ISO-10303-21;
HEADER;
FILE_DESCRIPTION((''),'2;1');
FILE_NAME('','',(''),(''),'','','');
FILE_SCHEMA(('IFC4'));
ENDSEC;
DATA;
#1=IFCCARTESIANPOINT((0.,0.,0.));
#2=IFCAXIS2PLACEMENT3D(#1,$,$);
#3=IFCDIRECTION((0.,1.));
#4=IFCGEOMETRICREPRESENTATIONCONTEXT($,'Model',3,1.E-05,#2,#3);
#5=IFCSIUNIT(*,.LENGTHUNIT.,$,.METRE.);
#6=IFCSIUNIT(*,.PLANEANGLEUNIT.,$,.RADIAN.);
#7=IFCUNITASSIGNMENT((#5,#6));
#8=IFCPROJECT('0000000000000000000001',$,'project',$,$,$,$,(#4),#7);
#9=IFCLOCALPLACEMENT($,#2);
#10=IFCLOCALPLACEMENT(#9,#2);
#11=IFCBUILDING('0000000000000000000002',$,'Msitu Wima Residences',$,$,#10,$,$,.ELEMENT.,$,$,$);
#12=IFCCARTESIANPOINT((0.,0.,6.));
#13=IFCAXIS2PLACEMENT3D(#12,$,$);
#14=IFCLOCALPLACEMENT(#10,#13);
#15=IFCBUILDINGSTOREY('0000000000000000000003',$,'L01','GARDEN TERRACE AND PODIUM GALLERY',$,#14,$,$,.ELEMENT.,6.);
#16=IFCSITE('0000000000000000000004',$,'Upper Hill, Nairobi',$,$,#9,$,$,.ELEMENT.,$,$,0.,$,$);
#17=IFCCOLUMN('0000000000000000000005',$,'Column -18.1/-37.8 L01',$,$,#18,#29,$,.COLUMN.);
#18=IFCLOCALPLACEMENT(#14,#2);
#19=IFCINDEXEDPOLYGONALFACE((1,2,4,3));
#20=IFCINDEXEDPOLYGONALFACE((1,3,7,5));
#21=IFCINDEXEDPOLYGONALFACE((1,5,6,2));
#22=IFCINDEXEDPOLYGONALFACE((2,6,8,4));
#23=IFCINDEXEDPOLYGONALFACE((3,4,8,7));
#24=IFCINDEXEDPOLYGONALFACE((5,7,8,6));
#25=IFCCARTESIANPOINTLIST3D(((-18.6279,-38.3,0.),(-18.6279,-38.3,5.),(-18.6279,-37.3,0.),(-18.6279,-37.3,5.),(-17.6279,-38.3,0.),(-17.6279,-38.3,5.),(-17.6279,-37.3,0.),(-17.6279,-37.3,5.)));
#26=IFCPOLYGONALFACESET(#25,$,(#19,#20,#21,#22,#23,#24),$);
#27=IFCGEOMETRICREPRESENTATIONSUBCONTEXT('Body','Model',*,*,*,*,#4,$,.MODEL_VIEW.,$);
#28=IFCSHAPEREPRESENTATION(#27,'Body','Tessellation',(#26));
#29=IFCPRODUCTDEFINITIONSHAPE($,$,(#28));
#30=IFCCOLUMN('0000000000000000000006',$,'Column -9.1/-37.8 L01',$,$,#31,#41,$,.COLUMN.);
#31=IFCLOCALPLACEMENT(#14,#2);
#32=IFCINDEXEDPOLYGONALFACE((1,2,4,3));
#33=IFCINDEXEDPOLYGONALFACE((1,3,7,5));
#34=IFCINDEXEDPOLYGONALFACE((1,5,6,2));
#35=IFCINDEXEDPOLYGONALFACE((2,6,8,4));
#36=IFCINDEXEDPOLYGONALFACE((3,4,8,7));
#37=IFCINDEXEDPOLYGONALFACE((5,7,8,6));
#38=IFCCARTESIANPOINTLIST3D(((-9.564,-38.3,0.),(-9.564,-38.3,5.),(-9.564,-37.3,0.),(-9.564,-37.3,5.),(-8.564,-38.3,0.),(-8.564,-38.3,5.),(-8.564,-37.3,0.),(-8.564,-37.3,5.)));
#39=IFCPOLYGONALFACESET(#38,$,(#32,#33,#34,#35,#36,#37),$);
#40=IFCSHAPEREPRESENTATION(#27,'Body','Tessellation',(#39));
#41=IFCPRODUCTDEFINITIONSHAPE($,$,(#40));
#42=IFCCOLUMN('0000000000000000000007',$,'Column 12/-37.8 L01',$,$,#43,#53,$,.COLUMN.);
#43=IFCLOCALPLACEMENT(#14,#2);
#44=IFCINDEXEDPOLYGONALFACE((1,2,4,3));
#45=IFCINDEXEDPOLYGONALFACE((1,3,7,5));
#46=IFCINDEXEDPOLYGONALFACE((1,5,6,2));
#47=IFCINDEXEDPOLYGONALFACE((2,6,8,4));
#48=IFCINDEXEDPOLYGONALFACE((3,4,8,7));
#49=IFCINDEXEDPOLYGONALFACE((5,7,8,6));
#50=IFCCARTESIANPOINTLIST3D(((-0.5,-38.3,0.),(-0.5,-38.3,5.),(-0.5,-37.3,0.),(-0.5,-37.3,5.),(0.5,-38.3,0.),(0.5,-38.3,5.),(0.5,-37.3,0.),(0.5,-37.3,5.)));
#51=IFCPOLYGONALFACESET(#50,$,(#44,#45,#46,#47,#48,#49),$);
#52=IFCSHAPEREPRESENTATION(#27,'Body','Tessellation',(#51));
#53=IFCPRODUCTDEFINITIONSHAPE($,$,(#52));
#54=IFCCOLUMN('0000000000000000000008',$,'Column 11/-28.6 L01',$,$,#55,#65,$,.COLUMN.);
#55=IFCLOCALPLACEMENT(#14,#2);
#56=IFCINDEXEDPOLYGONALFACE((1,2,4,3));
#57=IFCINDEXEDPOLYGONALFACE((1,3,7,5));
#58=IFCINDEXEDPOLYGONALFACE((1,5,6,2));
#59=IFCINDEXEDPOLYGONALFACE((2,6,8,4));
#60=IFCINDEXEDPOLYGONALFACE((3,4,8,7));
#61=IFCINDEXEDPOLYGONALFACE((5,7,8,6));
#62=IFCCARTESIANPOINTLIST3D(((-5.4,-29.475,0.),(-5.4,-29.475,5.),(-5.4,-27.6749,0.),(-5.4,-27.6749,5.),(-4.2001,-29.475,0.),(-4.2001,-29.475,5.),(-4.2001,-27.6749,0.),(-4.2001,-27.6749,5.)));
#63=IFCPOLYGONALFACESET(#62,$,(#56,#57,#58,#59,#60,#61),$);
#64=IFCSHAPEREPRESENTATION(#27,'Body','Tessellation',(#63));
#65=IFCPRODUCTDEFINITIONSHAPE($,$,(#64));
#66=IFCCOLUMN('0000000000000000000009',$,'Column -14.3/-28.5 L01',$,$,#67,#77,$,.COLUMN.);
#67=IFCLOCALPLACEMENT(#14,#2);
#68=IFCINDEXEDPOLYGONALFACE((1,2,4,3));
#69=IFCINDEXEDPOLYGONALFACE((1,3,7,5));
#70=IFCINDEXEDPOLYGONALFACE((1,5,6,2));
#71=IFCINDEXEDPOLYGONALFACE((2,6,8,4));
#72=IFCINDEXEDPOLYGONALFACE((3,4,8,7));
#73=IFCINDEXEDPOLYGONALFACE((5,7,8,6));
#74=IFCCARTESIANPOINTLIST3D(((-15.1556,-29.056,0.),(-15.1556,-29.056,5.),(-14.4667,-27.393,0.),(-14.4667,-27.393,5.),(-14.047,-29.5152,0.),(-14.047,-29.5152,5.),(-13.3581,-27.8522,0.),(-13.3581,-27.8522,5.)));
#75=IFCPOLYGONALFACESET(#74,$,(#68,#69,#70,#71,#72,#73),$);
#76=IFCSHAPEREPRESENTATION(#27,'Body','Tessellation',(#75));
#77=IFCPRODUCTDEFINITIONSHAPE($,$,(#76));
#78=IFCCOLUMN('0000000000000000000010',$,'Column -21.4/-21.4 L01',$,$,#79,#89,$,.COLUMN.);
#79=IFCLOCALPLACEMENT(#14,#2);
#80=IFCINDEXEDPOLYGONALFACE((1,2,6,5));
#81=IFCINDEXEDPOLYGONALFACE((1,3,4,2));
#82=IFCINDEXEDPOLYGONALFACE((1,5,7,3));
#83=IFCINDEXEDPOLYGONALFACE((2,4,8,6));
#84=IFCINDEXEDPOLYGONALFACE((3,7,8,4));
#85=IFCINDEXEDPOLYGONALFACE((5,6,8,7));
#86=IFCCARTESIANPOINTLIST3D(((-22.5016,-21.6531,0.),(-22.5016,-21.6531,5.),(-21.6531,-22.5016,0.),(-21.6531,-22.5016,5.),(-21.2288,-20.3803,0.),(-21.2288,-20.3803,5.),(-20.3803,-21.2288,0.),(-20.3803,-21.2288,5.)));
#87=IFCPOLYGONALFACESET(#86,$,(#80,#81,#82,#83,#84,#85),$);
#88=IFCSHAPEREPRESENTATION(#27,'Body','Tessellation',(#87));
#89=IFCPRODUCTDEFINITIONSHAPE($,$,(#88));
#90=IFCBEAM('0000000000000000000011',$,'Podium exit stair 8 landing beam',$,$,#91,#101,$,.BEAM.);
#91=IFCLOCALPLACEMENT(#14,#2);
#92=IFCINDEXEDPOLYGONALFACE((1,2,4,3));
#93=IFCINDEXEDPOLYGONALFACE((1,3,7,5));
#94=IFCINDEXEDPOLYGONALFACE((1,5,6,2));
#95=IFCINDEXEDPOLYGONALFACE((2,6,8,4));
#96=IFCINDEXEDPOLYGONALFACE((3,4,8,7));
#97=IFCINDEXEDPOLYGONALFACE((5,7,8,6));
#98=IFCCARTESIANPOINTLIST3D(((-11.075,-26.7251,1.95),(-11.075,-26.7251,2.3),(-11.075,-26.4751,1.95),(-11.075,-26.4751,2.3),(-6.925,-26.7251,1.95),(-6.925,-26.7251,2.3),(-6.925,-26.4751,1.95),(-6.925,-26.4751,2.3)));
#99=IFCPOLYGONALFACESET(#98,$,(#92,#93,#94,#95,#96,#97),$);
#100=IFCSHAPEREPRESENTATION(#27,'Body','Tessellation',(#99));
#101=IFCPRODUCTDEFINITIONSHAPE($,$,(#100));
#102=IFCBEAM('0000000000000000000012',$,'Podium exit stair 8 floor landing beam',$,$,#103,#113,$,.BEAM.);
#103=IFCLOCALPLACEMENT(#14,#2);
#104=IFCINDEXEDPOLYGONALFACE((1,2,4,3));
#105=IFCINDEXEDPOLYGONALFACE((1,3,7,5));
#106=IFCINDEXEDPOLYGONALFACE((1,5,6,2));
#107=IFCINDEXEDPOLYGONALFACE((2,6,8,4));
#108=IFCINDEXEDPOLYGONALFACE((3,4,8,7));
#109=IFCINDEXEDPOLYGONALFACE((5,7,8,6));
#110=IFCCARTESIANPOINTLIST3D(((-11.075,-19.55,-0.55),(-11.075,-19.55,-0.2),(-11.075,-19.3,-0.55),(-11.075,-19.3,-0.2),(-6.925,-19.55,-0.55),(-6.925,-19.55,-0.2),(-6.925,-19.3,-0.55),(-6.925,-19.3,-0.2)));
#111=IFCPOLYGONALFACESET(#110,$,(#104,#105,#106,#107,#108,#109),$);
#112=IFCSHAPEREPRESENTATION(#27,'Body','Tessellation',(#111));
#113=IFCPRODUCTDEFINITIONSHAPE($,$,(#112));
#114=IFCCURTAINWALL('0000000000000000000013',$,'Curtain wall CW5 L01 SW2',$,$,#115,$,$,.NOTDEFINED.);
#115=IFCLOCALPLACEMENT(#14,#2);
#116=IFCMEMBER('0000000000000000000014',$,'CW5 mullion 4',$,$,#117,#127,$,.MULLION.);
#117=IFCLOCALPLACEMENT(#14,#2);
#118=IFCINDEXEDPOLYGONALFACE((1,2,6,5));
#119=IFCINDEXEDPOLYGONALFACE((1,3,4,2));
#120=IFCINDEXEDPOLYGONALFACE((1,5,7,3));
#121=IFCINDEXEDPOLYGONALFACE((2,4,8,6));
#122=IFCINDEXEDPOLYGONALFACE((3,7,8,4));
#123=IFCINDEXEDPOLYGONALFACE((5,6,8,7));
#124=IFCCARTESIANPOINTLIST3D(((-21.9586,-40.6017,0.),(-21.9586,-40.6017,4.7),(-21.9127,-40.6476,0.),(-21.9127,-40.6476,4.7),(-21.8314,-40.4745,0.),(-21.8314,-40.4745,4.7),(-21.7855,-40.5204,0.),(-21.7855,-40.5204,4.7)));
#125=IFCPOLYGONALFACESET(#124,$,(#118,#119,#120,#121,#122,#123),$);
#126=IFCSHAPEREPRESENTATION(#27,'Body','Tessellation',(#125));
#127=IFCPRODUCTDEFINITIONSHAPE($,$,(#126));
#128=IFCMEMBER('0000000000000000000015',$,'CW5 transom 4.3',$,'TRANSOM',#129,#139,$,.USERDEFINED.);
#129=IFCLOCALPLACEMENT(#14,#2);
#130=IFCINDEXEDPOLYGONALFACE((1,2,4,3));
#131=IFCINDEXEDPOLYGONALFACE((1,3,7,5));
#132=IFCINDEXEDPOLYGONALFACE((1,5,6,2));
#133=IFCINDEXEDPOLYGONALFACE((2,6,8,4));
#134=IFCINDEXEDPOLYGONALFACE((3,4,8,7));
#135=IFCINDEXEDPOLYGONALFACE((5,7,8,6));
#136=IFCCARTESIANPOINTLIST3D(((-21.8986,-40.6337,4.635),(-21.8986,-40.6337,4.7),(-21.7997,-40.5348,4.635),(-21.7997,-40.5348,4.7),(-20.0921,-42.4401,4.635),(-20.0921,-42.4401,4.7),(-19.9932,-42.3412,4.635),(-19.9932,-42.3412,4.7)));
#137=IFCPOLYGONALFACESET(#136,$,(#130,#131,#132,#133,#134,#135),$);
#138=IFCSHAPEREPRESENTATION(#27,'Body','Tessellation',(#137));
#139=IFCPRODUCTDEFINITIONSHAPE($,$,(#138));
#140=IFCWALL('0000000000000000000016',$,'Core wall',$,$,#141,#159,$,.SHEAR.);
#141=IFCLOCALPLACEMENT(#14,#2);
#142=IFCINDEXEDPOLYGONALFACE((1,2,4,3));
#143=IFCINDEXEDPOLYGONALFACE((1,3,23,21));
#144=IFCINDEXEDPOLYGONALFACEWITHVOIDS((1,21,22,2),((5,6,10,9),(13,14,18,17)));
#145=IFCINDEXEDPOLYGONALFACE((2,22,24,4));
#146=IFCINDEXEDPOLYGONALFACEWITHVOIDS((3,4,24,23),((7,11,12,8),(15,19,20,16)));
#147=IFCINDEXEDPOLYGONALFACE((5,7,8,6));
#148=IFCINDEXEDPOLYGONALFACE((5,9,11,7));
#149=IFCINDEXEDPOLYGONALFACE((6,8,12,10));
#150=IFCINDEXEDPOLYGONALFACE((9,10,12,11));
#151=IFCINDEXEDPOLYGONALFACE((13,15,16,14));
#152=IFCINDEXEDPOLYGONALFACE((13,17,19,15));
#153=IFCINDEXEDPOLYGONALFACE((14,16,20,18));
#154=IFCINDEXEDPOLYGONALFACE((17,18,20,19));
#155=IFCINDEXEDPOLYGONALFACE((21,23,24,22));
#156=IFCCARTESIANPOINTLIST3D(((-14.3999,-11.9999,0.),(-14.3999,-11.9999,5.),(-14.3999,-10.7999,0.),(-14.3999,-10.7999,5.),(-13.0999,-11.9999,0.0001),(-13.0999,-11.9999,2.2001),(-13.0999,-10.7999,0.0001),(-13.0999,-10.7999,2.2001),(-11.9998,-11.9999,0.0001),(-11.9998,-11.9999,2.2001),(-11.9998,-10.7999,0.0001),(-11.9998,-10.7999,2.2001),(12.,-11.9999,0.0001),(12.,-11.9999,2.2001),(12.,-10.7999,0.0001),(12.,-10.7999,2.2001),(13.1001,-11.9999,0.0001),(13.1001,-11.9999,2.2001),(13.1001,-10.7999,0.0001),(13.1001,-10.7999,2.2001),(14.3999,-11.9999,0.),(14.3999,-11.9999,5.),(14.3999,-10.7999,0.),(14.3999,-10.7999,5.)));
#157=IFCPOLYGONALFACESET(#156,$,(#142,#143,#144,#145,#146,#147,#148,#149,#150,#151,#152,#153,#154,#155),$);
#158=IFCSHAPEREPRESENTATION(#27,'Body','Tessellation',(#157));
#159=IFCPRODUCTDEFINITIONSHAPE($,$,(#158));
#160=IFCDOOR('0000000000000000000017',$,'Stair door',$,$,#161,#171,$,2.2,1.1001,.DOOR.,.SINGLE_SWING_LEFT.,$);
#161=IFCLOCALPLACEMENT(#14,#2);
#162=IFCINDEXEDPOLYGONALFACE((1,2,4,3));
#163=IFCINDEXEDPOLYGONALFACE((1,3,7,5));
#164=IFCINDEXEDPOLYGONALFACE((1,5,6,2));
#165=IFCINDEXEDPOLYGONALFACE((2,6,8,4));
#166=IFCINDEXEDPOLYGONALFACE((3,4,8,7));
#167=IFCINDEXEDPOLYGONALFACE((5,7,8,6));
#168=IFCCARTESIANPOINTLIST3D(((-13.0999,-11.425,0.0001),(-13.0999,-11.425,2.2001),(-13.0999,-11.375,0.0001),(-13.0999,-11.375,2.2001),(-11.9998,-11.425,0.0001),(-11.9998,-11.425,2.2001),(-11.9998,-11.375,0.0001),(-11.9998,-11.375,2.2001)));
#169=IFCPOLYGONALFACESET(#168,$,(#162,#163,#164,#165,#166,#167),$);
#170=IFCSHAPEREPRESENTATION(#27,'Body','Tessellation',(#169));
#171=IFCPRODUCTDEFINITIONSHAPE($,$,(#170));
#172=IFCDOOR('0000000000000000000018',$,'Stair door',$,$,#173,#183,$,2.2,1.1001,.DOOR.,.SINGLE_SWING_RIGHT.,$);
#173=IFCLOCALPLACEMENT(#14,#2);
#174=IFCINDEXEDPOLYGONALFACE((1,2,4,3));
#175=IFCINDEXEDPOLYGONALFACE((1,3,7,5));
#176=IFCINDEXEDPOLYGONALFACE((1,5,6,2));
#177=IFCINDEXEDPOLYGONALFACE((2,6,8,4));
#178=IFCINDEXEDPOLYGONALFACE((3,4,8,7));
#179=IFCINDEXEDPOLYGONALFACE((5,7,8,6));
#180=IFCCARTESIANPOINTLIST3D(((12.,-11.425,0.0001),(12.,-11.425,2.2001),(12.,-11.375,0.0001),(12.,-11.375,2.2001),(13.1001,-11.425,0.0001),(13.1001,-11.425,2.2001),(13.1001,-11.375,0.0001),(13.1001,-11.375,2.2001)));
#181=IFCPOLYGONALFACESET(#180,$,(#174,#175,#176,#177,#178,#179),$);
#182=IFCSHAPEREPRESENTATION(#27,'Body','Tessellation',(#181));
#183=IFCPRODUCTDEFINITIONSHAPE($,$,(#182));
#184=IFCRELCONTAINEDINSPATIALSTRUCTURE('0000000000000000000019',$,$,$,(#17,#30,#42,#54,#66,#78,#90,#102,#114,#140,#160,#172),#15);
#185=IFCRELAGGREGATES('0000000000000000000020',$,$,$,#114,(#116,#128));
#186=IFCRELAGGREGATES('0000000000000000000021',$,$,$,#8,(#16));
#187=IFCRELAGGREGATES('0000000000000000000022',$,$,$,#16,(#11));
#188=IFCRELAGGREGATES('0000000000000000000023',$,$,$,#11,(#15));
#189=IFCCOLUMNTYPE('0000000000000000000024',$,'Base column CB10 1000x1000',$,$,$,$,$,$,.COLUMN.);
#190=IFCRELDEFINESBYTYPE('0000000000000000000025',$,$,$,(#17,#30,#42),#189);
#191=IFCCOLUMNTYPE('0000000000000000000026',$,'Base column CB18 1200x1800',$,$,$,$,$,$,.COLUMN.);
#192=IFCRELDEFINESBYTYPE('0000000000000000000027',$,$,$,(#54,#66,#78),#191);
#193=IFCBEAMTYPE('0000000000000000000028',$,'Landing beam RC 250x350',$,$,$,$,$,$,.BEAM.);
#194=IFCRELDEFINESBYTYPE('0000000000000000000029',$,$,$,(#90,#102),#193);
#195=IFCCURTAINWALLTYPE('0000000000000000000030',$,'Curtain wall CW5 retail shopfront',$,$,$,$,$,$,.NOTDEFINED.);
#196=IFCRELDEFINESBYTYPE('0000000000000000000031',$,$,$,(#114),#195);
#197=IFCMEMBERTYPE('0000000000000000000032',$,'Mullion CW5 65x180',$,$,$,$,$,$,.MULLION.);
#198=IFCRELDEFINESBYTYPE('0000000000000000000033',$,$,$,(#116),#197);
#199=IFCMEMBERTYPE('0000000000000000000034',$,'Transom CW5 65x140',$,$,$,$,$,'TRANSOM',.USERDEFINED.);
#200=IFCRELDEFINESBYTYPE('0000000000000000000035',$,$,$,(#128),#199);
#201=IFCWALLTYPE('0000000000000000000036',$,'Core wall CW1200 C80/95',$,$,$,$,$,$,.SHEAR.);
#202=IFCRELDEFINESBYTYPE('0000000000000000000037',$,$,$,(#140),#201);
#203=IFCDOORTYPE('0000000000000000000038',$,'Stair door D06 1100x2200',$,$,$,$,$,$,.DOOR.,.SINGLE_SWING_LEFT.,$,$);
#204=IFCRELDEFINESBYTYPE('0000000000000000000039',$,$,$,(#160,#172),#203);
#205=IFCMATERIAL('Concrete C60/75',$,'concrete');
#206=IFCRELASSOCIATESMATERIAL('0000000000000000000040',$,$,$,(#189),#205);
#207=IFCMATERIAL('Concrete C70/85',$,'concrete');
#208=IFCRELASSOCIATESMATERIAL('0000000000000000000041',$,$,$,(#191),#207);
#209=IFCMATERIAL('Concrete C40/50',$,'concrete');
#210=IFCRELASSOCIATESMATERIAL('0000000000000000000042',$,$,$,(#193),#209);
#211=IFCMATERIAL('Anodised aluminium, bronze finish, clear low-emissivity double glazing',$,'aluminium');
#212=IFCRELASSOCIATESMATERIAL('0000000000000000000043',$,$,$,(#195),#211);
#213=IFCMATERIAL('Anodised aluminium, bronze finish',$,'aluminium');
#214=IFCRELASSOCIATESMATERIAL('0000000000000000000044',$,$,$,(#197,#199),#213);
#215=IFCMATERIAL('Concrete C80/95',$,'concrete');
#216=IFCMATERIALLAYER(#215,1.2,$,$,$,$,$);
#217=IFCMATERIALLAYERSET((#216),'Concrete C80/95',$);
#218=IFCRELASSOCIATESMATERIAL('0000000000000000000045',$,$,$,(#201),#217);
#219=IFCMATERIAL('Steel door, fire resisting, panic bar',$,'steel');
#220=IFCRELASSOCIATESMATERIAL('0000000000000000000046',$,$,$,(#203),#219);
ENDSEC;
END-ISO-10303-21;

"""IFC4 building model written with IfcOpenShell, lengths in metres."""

from ifc_helpers import new_model, si_unit, direction, frame, frame_2d, origin, origin_2d, place, context, subcontext, project, spatial, rectangle, extrude, material, layer, layer_set, material_profile, profile_set, type_object, element, fill, aggregate, save


model = new_model("IFC4")

# Units and contexts
model_context = context("Model", 3, precision=1e-05, world=origin(), true_north=direction((0.0, 1.0)))
body_context = subcontext(model_context, "Body", "Model", "MODEL_VIEW")
ifc_project = project(units=[si_unit("LENGTHUNIT", "METRE"), si_unit("PLANEANGLEUNIT", "RADIAN")], contexts=[model_context])

# Site, building, storey
site_placement = place(None, origin())
site = spatial("IfcSite", under=ifc_project, at=site_placement, Name="Upper Hill, Nairobi", CompositionType="ELEMENT", RefElevation=0.0)
building_placement = place(site_placement, origin())
building = spatial("IfcBuilding", under=site, at=building_placement, Name="Msitu Wima Residences", CompositionType="ELEMENT")
storey_placement = place(building_placement, frame((0.0, 0.0, 6.0)))
storey = spatial("IfcBuildingStorey", under=building, at=storey_placement, Name="L01", Description="GARDEN TERRACE AND PODIUM GALLERY", CompositionType="ELEMENT", Elevation=6.0)

# Columns
ifc_material_1 = material(Name="Concrete C60/75", Category="concrete")
ifc_material_profile_1 = material_profile(ifc_material_1, rectangle(XDim=1.0, YDim=1.0, at=origin_2d()), Name="RC 1000x1000")
ifc_profile_set_1 = profile_set([ifc_material_profile_1], Name="Concrete C60/75")
column_type_1 = type_object("IfcColumnType", Name="Base column CB10 1000x1000", PredefinedType="COLUMN", material=ifc_profile_set_1)
for number, where, z_axis, x_axis, name in (
    (1, (-18.1279, -37.8, 0.0), (0.0, 0.0, 1.0), (1.0, 0.0, 0.0), "Column -18.1/-37.8 L01"),
    (2, (-9.064, -37.8, 0.0), (0.0, 0.0, 1.0), (1.0, 0.0, 0.0), "Column -9.1/-37.8 L01"),
    (3, (0.0, -37.8, 0.0), (0.0, 0.0, 1.0), (1.0, 0.0, 0.0), "Column 12/-37.8 L01"),
):
    element("IfcColumn", number, at=place(storey_placement, frame(where, z_axis=z_axis, x_axis=x_axis)), inside=storey, type_object=column_type_1, Name=name, PredefinedType="COLUMN", context=body_context, shape_type="SweptSolid", body=[
        extrude(rectangle(XDim=1.0, YDim=1.0, at=origin_2d()), origin(), (0.0, 0.0, 1.0), 5.0),
    ])
ifc_material_2 = material(Name="Concrete C70/85", Category="concrete")
ifc_material_profile_2 = material_profile(ifc_material_2, rectangle(XDim=1.2, YDim=1.8, at=origin_2d()), Name="RC 1200x1800")
ifc_profile_set_2 = profile_set([ifc_material_profile_2], Name="Concrete C70/85")
column_type_2 = type_object("IfcColumnType", Name="Base column CB18 1200x1800", PredefinedType="COLUMN", material=ifc_profile_set_2)
for number, where, z_axis, x_axis, name in (
    (4, (-4.8, -28.575, 0.0), (0.0, 0.0, 1.0), (1.0, 0.0, 0.0), "Column 11/-28.6 L01"),
    (5, (-14.2568, -28.4541, 0.0), (0.0, 0.0, 1.0), (0.92388, -0.382683, 0.0), "Column -14.3/-28.5 L01"),
    (6, (-21.4409, -21.4409, 0.0), (0.0, 0.0, 1.0), (0.707107, -0.707107, 0.0), "Column -21.4/-21.4 L01"),
):
    element("IfcColumn", number, at=place(storey_placement, frame(where, z_axis=z_axis, x_axis=x_axis)), inside=storey, type_object=column_type_2, Name=name, PredefinedType="COLUMN", context=body_context, shape_type="SweptSolid", body=[
        extrude(rectangle(XDim=1.2, YDim=1.8, at=origin_2d()), origin(), (0.0, 0.0, 1.0), 5.0),
    ])

# Beams
ifc_material_3 = material(Name="Concrete C40/50", Category="concrete")
ifc_material_profile_3 = material_profile(ifc_material_3, rectangle(XDim=0.25, YDim=0.3501, at=origin_2d()), Name="RC 250x350")
ifc_profile_set_3 = profile_set([ifc_material_profile_3], Name="Concrete C40/50")
beam_type = type_object("IfcBeamType", Name="Landing beam RC 250x350", PredefinedType="BEAM", material=ifc_profile_set_3)
for number, where, z_axis, x_axis, name in (
    (7, (-6.925, -26.6001, 2.125), (-1.0, 0.0, 0.0), (0.0, -1.0, 0.0), "Podium exit stair 8 landing beam"),
    (8, (-6.925, -19.425, -0.375), (-1.0, 0.0, 0.0), (0.0, -1.0, 0.0), "Podium exit stair 8 floor landing beam"),
):
    element("IfcBeam", number, at=place(storey_placement, frame(where, z_axis=z_axis, x_axis=x_axis)), inside=storey, type_object=beam_type, Name=name, PredefinedType="BEAM", context=body_context, shape_type="SweptSolid", body=[
        extrude(rectangle(XDim=0.25, YDim=0.3501, at=origin_2d()), origin(), (0.0, 0.0, 1.0), 4.1499),
    ])

# Curtain wall, members
ifc_material_4 = material(Name="Anodised aluminium, bronze finish, clear low-emissivity double glazing", Category="aluminium")
curtain_wall_type = type_object("IfcCurtainWallType", Name="Curtain wall CW5 retail shopfront", PredefinedType="NOTDEFINED", material=ifc_material_4)
curtain_wall_placement = place(storey_placement, origin())
curtain_wall = element("IfcCurtainWall", 9, at=curtain_wall_placement, inside=storey, type_object=curtain_wall_type, Name="Curtain wall CW5 L01 SW2", PredefinedType="NOTDEFINED")
ifc_material_5 = material(Name="Anodised aluminium, bronze finish", Category="aluminium")
ifc_material_profile_4 = material_profile(ifc_material_5, rectangle(XDim=0.1799, YDim=0.0649, at=origin_2d()), Name="Mullion 65x180")
ifc_profile_set_4 = profile_set([ifc_material_profile_4], Name="Anodised aluminium, bronze finish")
member_type_1 = type_object("IfcMemberType", Name="Mullion CW5 65x180", PredefinedType="MULLION", material=ifc_profile_set_4)
member_1_placement = place(storey_placement, frame((-21.8721, -40.561, 0.0), z_axis=(0.0, 0.0, 1.0), x_axis=(0.707107, 0.707107, 0.0)))
member_1 = element("IfcMember", 10, at=member_1_placement, type_object=member_type_1, Name="CW5 mullion 4", PredefinedType="MULLION", context=body_context, shape_type="SweptSolid", body=[
    extrude(rectangle(XDim=0.1799, YDim=0.0649, at=origin_2d()), origin(), (0.0, 0.0, 1.0), 4.7),
])
ifc_material_profile_5 = material_profile(ifc_material_5, rectangle(XDim=0.1399, YDim=0.0649, at=origin_2d()), Name="Transom 65x140")
ifc_profile_set_5 = profile_set([ifc_material_profile_5], Name="Anodised aluminium, bronze finish")
member_type_2 = type_object("IfcMemberType", Name="Transom CW5 65x140", ElementType="TRANSOM", PredefinedType="USERDEFINED", material=ifc_profile_set_5)
member_2_placement = place(storey_placement, frame((-21.8491, -40.5842, 4.6675), z_axis=(0.707107, -0.707107, 0.0), x_axis=(0.707107, 0.707107, 0.0)))
member_2 = element("IfcMember", 11, at=member_2_placement, type_object=member_type_2, Name="CW5 transom 4.3", ObjectType="TRANSOM", PredefinedType="USERDEFINED", context=body_context, shape_type="SweptSolid", body=[
    extrude(rectangle(XDim=0.1399, YDim=0.0649, at=origin_2d()), origin(), (0.0, 0.0, 1.0), 2.5547),
])
aggregate(curtain_wall, [member_1, member_2])

# Wall, openings, doors
ifc_material_6 = material(Name="Concrete C80/95", Category="concrete")
ifc_layer_1 = layer(ifc_material_6, 1.2)
ifc_layer_set_1 = layer_set([ifc_layer_1], Name="Concrete C80/95")
wall_type_1 = type_object("IfcWallType", Name="Core wall CW1200 C80/95", PredefinedType="SHEAR", material=ifc_layer_set_1)
wall_1_placement = place(storey_placement, frame((-14.3999, -11.3999, 0.0), z_axis=(0.0, 0.0, 1.0), x_axis=(1.0, 0.0, 0.0)))
wall_1 = element("IfcWall", 12, at=wall_1_placement, inside=storey, type_object=wall_type_1, Name="Core wall", PredefinedType="SHEAR", context=body_context, shape_type="SweptSolid", body=[
    extrude(rectangle(XDim=28.7998, YDim=1.2, at=frame_2d((14.3999, 0.0))), origin(), (0.0, 0.0, 1.0), 5.0),
])
opening_1_placement = place(wall_1_placement, frame((1.3, 0.0, 0.0)))
opening_1 = element("IfcOpeningElement", 13, at=opening_1_placement, cuts=wall_1, PredefinedType="OPENING", context=body_context, shape_type="SweptSolid", body=[
    extrude(rectangle(XDim=1.1001, YDim=2.2, at=frame_2d((0.55, 1.1001))), frame((0.0, 0.6099, 0.0), z_axis=(0.0, -1.0, 0.0), x_axis=(1.0, 0.0, 0.0)), (0.0, 0.0, 1.0), 1.22),
])
opening_2_placement = place(wall_1_placement, frame((26.3999, 0.0, 0.0)))
opening_2 = element("IfcOpeningElement", 14, at=opening_2_placement, cuts=wall_1, PredefinedType="OPENING", context=body_context, shape_type="SweptSolid", body=[
    extrude(rectangle(XDim=1.1001, YDim=2.2, at=frame_2d((0.55, 1.1001))), frame((0.0, 0.6099, 0.0), z_axis=(0.0, -1.0, 0.0), x_axis=(1.0, 0.0, 0.0)), (0.0, 0.0, 1.0), 1.22),
])
ifc_material_7 = material(Name="Steel door, fire resisting, panic bar", Category="steel")
door_type_1 = type_object("IfcDoorType", Name="Stair door D06 1100x2200", OperationType="SINGLE_SWING_LEFT", PredefinedType="DOOR", material=ifc_material_7)
door_1_placement = place(opening_1_placement, origin())
door_1 = element("IfcDoor", 15, at=door_1_placement, inside=storey, type_object=door_type_1, Name="Stair door", OperationType="SINGLE_SWING_LEFT", OverallHeight=2.2, OverallWidth=1.1001, PredefinedType="DOOR", context=body_context, shape_type="SweptSolid", body=[
    extrude(rectangle(XDim=1.1001, YDim=2.2, at=frame_2d((0.55, 1.1001))), frame((0.0, 0.0249, 0.0), z_axis=(0.0, -1.0, 0.0), x_axis=(1.0, 0.0, 0.0)), (0.0, 0.0, 1.0), 0.05),
])
fill(opening_1, door_1)
door_2_placement = place(opening_2_placement, origin())
door_2 = element("IfcDoor", 16, at=door_2_placement, inside=storey, type_object=door_type_1, Name="Stair door", OperationType="SINGLE_SWING_RIGHT", OverallHeight=2.2, OverallWidth=1.1001, PredefinedType="DOOR", context=body_context, shape_type="SweptSolid", body=[
    extrude(rectangle(XDim=1.1001, YDim=2.2, at=frame_2d((0.55, 1.1001))), frame((0.0, 0.0249, 0.0), z_axis=(0.0, -1.0, 0.0), x_axis=(1.0, 0.0, 0.0)), (0.0, 0.0, 1.0), 0.05),
])
fill(opening_2, door_2)

save(model, "model.ifc")
